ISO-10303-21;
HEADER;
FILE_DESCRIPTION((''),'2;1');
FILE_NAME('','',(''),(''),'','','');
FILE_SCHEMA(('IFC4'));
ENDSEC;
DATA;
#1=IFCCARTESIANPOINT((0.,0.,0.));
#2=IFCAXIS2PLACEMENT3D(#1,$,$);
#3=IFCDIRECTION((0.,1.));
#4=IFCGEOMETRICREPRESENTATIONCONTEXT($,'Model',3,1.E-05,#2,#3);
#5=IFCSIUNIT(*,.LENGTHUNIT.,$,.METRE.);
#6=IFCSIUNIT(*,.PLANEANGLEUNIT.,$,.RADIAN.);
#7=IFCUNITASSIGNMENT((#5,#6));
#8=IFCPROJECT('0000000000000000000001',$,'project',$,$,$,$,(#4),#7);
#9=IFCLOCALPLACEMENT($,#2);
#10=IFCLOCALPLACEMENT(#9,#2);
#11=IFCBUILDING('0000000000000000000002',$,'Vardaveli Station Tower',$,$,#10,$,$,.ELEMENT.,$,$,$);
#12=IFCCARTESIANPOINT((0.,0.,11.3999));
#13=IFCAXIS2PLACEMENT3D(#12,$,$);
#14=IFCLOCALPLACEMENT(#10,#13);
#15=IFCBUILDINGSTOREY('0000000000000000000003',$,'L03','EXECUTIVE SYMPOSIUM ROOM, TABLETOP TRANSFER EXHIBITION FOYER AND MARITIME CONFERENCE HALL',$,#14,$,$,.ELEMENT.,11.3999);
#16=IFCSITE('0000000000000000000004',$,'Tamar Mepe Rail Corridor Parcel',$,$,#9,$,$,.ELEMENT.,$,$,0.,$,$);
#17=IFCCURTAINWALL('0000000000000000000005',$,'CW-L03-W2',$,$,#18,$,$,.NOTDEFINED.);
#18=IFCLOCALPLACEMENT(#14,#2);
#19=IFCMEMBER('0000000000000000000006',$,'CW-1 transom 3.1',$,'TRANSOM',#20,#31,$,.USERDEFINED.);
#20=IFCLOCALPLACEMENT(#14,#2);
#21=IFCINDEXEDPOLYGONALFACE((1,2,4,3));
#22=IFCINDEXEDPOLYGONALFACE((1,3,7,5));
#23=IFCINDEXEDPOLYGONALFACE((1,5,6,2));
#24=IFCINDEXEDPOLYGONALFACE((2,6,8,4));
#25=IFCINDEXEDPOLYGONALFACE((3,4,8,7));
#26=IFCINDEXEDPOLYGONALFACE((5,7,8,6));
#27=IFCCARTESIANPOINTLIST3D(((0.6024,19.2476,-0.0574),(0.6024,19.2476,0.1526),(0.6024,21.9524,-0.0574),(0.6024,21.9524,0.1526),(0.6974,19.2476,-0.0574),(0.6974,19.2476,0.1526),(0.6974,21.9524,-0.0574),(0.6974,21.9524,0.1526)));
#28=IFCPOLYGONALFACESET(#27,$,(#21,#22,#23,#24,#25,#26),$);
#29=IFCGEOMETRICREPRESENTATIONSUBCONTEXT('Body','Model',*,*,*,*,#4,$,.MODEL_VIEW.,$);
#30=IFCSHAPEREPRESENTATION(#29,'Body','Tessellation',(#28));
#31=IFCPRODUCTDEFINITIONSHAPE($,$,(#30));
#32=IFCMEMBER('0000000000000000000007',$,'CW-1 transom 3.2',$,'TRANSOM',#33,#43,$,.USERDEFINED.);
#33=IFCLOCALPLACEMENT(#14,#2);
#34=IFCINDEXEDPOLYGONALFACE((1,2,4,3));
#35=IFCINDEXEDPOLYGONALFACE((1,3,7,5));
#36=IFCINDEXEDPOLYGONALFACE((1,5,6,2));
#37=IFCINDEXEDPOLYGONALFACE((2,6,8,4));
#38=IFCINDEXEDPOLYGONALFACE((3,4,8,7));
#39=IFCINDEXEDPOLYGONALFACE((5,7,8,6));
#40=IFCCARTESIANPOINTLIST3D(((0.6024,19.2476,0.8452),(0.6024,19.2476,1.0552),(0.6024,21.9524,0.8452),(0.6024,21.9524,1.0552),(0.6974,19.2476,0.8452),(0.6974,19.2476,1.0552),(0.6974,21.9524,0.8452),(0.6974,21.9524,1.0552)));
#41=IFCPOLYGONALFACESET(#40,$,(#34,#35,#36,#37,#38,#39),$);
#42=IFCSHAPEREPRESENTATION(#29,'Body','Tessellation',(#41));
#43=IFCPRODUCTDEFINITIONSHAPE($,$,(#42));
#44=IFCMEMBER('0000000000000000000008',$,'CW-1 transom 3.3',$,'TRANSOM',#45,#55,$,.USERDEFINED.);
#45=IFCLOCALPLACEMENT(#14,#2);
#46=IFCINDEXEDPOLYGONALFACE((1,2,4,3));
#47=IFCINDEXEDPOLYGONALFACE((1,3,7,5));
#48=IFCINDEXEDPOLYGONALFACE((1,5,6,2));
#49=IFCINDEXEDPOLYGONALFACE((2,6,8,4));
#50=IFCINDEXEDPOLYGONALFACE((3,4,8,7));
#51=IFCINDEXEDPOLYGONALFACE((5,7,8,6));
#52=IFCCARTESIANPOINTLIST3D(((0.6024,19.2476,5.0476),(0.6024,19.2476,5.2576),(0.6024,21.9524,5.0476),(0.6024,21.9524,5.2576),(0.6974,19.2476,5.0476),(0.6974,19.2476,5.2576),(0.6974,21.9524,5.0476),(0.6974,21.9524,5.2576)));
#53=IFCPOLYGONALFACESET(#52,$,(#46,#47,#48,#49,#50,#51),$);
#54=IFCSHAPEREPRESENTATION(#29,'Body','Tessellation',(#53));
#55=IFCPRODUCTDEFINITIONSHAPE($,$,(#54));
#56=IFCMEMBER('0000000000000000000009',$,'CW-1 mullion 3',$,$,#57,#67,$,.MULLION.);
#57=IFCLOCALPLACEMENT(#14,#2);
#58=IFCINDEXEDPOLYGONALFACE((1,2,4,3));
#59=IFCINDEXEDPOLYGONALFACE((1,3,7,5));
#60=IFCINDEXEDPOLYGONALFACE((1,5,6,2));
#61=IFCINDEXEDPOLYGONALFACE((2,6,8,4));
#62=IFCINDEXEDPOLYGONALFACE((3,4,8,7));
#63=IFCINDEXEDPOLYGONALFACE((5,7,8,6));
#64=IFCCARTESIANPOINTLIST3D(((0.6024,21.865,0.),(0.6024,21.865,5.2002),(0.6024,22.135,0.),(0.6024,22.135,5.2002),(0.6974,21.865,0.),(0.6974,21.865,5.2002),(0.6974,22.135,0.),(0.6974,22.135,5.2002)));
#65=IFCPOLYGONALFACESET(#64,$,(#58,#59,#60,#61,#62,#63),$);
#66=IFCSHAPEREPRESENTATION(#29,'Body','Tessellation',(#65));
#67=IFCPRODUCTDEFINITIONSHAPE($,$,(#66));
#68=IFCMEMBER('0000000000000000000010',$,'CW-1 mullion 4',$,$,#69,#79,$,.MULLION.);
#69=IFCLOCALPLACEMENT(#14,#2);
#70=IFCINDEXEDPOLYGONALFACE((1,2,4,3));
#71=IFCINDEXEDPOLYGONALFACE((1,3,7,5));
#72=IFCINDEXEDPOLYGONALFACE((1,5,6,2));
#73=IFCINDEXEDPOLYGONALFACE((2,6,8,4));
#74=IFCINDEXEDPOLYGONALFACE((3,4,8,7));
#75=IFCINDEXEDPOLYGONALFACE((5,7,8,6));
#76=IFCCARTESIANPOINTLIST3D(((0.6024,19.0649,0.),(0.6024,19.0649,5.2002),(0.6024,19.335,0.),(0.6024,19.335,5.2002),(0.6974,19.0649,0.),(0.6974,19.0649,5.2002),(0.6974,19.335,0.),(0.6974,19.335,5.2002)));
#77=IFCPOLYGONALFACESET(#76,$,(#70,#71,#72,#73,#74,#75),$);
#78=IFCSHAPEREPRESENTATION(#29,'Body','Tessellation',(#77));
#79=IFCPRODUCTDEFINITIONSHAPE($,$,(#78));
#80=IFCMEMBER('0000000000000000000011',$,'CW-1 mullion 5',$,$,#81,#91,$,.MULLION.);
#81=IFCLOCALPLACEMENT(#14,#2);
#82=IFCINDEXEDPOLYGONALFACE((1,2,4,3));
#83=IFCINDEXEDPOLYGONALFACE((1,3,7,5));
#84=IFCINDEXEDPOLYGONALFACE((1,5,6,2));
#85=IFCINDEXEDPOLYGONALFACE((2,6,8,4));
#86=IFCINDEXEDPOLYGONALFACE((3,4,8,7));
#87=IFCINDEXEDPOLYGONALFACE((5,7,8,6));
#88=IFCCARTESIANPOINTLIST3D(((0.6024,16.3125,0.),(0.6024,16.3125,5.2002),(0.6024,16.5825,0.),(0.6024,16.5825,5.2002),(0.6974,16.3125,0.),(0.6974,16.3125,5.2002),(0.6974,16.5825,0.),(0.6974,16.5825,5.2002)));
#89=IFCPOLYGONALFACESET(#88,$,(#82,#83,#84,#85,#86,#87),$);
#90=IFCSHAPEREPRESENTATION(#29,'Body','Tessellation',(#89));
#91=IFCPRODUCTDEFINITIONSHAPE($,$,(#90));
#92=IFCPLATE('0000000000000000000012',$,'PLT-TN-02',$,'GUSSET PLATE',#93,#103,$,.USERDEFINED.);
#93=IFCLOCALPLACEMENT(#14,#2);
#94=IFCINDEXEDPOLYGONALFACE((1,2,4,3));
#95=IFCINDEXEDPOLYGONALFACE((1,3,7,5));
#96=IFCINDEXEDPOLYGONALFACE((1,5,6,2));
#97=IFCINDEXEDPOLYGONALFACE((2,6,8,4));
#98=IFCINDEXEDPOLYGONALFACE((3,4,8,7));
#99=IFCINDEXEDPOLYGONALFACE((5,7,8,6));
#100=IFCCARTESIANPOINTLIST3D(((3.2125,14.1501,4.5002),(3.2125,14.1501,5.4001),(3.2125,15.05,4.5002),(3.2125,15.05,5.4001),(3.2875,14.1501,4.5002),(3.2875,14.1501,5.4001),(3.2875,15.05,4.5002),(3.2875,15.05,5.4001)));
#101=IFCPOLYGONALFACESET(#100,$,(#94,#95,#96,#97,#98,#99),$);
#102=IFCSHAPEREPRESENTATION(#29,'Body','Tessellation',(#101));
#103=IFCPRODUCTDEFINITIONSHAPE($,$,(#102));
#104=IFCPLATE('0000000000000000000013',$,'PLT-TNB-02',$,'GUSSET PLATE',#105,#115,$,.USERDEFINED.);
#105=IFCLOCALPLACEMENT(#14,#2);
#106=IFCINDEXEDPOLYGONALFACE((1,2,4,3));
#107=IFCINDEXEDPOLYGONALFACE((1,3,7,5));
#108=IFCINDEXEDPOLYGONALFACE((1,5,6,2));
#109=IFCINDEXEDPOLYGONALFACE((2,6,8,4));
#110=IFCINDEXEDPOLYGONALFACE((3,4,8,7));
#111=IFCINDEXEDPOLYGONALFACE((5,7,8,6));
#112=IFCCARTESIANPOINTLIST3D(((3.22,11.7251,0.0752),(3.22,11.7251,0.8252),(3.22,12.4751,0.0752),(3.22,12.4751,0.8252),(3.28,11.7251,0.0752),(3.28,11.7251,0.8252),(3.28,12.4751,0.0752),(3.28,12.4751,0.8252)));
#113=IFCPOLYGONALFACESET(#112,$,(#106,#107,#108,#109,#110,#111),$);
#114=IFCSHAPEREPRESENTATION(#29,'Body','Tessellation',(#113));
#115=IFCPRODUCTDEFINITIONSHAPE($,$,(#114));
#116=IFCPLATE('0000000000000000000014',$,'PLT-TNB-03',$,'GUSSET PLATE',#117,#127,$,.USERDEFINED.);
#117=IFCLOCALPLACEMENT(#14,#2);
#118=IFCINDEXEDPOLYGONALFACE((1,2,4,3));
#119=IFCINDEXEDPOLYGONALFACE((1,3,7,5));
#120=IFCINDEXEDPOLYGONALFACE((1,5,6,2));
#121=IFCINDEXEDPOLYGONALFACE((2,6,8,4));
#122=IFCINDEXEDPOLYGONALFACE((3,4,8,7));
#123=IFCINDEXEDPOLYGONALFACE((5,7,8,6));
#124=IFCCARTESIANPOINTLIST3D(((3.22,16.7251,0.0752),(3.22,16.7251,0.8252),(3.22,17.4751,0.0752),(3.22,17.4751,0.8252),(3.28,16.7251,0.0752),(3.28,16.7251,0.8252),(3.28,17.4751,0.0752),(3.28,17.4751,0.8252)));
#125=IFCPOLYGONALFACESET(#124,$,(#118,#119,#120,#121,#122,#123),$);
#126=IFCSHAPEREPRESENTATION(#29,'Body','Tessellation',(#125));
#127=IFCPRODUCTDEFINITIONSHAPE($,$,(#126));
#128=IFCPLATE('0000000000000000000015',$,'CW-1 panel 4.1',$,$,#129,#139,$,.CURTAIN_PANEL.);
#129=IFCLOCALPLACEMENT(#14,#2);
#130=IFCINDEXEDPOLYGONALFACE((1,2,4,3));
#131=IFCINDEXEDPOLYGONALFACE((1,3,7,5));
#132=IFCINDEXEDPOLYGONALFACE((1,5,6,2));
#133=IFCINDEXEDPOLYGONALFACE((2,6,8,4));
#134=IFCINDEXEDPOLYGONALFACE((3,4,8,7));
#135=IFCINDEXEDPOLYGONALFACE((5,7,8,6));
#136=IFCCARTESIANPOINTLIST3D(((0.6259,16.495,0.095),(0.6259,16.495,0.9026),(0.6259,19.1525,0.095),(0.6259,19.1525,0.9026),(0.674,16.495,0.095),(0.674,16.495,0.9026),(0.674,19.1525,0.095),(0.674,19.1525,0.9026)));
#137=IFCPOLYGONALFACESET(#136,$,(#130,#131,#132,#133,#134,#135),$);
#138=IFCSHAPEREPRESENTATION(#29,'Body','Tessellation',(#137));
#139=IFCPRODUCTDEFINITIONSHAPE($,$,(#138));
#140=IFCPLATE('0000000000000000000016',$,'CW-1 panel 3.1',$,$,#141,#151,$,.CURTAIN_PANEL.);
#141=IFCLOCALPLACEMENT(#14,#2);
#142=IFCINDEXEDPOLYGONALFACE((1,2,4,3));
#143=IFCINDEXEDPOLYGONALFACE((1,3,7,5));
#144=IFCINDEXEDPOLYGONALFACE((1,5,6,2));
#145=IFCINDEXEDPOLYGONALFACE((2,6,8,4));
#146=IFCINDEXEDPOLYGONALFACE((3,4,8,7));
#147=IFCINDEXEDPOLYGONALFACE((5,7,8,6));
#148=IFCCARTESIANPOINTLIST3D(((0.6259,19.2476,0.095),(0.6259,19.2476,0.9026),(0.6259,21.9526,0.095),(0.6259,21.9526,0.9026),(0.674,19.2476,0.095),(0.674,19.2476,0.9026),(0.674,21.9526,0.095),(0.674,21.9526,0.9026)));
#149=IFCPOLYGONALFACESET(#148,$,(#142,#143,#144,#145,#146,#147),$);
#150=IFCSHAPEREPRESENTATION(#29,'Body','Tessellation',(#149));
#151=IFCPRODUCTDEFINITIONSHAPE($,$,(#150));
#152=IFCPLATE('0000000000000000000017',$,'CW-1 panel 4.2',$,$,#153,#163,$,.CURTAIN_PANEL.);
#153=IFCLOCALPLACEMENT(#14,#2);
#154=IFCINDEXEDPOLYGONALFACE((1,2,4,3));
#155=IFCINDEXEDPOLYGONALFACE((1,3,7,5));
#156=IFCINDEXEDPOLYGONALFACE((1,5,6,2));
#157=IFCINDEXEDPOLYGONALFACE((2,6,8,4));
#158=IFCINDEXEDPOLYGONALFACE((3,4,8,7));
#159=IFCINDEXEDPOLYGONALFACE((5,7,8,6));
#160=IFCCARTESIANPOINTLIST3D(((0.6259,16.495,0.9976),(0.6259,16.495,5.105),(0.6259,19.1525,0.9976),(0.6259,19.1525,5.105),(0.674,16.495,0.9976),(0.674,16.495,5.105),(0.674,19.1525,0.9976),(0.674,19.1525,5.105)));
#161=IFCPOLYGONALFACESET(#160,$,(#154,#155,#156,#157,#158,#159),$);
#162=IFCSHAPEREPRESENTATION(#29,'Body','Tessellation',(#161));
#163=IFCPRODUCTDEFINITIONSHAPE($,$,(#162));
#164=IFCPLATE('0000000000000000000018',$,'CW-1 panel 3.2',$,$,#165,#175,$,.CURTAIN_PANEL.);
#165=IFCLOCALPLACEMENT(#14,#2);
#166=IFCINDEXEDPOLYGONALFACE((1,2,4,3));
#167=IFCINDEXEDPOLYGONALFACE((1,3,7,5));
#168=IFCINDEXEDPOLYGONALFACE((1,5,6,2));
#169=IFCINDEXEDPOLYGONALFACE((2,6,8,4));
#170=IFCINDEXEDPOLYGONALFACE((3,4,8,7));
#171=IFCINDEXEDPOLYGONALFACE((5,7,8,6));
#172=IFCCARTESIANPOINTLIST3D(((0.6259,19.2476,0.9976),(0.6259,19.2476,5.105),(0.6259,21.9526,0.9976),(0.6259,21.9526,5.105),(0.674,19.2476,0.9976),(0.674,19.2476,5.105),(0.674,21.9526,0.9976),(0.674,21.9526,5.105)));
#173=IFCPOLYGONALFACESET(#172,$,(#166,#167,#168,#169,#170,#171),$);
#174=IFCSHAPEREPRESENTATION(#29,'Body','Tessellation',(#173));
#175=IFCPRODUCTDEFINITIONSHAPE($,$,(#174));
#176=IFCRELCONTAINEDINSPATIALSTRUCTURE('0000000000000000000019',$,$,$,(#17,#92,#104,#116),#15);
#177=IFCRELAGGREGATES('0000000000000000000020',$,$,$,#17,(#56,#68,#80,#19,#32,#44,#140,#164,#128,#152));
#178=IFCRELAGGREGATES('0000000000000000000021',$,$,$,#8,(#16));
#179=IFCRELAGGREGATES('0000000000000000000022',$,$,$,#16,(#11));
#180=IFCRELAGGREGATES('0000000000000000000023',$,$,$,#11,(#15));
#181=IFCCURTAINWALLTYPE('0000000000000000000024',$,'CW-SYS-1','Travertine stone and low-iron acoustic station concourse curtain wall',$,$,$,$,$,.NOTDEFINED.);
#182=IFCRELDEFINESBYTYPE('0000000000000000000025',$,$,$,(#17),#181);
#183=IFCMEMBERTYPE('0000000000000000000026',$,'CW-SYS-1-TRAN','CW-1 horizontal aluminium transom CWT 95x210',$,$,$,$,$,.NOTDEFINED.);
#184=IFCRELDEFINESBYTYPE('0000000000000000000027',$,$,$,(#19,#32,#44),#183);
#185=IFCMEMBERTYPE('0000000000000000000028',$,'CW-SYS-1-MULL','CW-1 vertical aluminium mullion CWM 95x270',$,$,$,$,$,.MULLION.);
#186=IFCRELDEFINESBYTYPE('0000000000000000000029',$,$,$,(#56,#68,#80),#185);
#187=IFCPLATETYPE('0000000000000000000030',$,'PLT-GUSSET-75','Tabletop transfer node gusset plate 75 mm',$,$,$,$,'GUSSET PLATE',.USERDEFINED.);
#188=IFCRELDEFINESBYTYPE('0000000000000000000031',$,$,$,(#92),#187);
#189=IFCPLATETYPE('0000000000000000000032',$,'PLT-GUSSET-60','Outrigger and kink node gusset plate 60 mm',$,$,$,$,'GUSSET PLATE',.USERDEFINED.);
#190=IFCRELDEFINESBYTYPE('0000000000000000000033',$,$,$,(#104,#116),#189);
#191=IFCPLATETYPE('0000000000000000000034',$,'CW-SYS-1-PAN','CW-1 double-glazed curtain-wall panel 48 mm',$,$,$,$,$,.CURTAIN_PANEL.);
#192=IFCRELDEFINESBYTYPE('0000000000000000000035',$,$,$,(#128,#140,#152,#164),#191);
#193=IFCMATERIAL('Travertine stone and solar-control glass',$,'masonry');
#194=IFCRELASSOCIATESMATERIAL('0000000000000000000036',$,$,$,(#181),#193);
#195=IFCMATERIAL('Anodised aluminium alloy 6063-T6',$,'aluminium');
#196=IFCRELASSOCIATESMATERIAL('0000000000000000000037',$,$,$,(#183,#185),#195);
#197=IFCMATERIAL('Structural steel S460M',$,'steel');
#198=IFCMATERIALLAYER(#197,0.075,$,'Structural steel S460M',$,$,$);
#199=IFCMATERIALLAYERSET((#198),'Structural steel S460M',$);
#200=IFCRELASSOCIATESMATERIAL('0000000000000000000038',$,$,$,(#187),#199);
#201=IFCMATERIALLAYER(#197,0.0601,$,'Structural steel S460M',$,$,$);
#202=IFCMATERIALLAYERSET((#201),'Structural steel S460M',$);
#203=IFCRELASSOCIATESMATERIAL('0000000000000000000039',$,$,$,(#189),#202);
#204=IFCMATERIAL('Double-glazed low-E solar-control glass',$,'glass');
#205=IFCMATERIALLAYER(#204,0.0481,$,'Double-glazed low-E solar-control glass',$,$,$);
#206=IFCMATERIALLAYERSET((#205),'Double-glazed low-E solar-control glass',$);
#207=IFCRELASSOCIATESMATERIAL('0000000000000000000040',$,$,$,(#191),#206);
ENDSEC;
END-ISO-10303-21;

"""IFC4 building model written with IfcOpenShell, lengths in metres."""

from ifc_helpers import new_model, si_unit, direction, frame, origin, origin_2d, place, context, subcontext, project, spatial, rectangle, extrude, source, transform, mapped, material, layer, layer_set, material_profile, profile_set, type_object, element, aggregate, save


model = new_model("IFC4")

# Units and contexts
model_context = context("Model", 3, precision=1e-05, world=origin(), true_north=direction((0.0, 1.0)))
body_context = subcontext(model_context, "Body", "Model", "MODEL_VIEW")
ifc_project = project(units=[si_unit("LENGTHUNIT", "METRE"), si_unit("PLANEANGLEUNIT", "RADIAN")], contexts=[model_context])

# Site, building, storey
site_placement = place(None, origin())
site = spatial("IfcSite", under=ifc_project, at=site_placement, Name="Tamar Mepe Rail Corridor Parcel", CompositionType="ELEMENT", RefElevation=0.0)
building_placement = place(site_placement, origin())
building = spatial("IfcBuilding", under=site, at=building_placement, Name="Vardaveli Station Tower", CompositionType="ELEMENT")
storey_placement = place(building_placement, frame((0.0, 0.0, 11.3999)))
storey = spatial("IfcBuildingStorey", under=building, at=storey_placement, Name="L03", Description="EXECUTIVE SYMPOSIUM ROOM, TABLETOP TRANSFER EXHIBITION FOYER AND MARITIME CONFERENCE HALL", CompositionType="ELEMENT", Elevation=11.3999)

# Shared definitions
ifc_material_1 = material(Name="Structural steel S460M", Category="steel")

# Curtain wall, members
ifc_material_2 = material(Name="Travertine stone and solar-control glass", Category="masonry")
curtain_wall_type = type_object("IfcCurtainWallType", Name="CW-SYS-1", Description="Travertine stone and low-iron acoustic station concourse curtain wall", PredefinedType="NOTDEFINED", material=ifc_material_2)
curtain_wall_placement = place(storey_placement, origin())
curtain_wall = element("IfcCurtainWall", 1, at=curtain_wall_placement, inside=storey, type_object=curtain_wall_type, Name="CW-L03-W2", PredefinedType="NOTDEFINED")
ifc_material_3 = material(Name="Anodised aluminium alloy 6063-T6", Category="aluminium")
ifc_material_profile_1 = material_profile(ifc_material_3, rectangle(XDim=0.095, YDim=0.21, at=origin_2d()), Name="CWT 95x210")
ifc_profile_set_1 = profile_set([ifc_material_profile_1], Name="Anodised aluminium alloy 6063-T6")
member_type_1 = type_object("IfcMemberType", Name="CW-SYS-1-TRAN", Description="CW-1 horizontal aluminium transom CWT 95x210", PredefinedType="NOTDEFINED", material=ifc_profile_set_1)
shared_shape_1 = source(origin(), body_context, "Body", "SweptSolid", [
    extrude(rectangle(XDim=0.095, YDim=0.21, at=origin_2d()), origin(), (0.0, 0.0, 1.0), 2.7048),
])
member_1_placement = place(storey_placement, frame((0.6499, 21.9524, 0.0476), z_axis=(0.0, -1.0, 0.0), x_axis=(1.0, 0.0, 0.0)))
member_1 = element("IfcMember", 2, at=member_1_placement, type_object=member_type_1, Name="CW-1 transom 3.1", ObjectType="TRANSOM", PredefinedType="USERDEFINED", context=body_context, shape_type="MappedRepresentation", body=[
    mapped(shared_shape_1, transform((0.0, 0.0, 0.0), scale=1.0)),
])
member_2_placement = place(storey_placement, frame((0.6499, 21.9524, 0.9502), z_axis=(0.0, -1.0, 0.0), x_axis=(1.0, 0.0, 0.0)))
member_2 = element("IfcMember", 3, at=member_2_placement, type_object=member_type_1, Name="CW-1 transom 3.2", ObjectType="TRANSOM", PredefinedType="USERDEFINED", context=body_context, shape_type="MappedRepresentation", body=[
    mapped(shared_shape_1, transform((0.0, 0.0, 0.0), scale=1.0)),
])
member_3_placement = place(storey_placement, frame((0.6499, 21.9524, 5.1526), z_axis=(0.0, -1.0, 0.0), x_axis=(1.0, 0.0, 0.0)))
member_3 = element("IfcMember", 4, at=member_3_placement, type_object=member_type_1, Name="CW-1 transom 3.3", ObjectType="TRANSOM", PredefinedType="USERDEFINED", context=body_context, shape_type="MappedRepresentation", body=[
    mapped(shared_shape_1, transform((0.0, 0.0, 0.0), scale=1.0)),
])
ifc_material_profile_2 = material_profile(ifc_material_3, rectangle(XDim=0.095, YDim=0.27, at=origin_2d()), Name="CWM 95x270")
ifc_profile_set_2 = profile_set([ifc_material_profile_2], Name="Anodised aluminium alloy 6063-T6")
member_type_2 = type_object("IfcMemberType", Name="CW-SYS-1-MULL", Description="CW-1 vertical aluminium mullion CWM 95x270", PredefinedType="MULLION", material=ifc_profile_set_2)
shared_shape_2 = source(origin(), body_context, "Body", "SweptSolid", [
    extrude(rectangle(XDim=0.095, YDim=0.27, at=origin_2d()), origin(), (0.0, 0.0, 1.0), 5.2002),
])
member_4_placement = place(storey_placement, frame((0.6499, 22.0, 0.0), z_axis=(0.0, 0.0, 1.0), x_axis=(1.0, 0.0, 0.0)))
member_4 = element("IfcMember", 5, at=member_4_placement, type_object=member_type_2, Name="CW-1 mullion 3", PredefinedType="MULLION", context=body_context, shape_type="MappedRepresentation", body=[
    mapped(shared_shape_2, transform((0.0, 0.0, 0.0), scale=1.0)),
])
member_5_placement = place(storey_placement, frame((0.6499, 19.2, 0.0), z_axis=(0.0, 0.0, 1.0), x_axis=(1.0, 0.0, 0.0)))
member_5 = element("IfcMember", 6, at=member_5_placement, type_object=member_type_2, Name="CW-1 mullion 4", PredefinedType="MULLION", context=body_context, shape_type="MappedRepresentation", body=[
    mapped(shared_shape_2, transform((0.0, 0.0, 0.0), scale=1.0)),
])
member_6_placement = place(storey_placement, frame((0.6499, 16.4475, 0.0), z_axis=(0.0, 0.0, 1.0), x_axis=(1.0, 0.0, 0.0)))
member_6 = element("IfcMember", 7, at=member_6_placement, type_object=member_type_2, Name="CW-1 mullion 5", PredefinedType="MULLION", context=body_context, shape_type="MappedRepresentation", body=[
    mapped(shared_shape_2, transform((0.0, 0.0, 0.0), scale=1.0)),
])

# Plates
ifc_layer_1 = layer(ifc_material_1, 0.075, Name="Structural steel S460M")
ifc_layer_set_1 = layer_set([ifc_layer_1], Name="Structural steel S460M")
plate_type_1 = type_object("IfcPlateType", Name="PLT-GUSSET-75", Description="Tabletop transfer node gusset plate 75 mm", ElementType="GUSSET PLATE", PredefinedType="USERDEFINED", material=ifc_layer_set_1)
shared_shape_3 = source(origin(), body_context, "Body", "SweptSolid", [
    extrude(rectangle(XDim=0.8999, YDim=0.075, at=origin_2d()), origin(), (0.0, 0.0, 1.0), 0.8999),
])
plate_1_placement = place(storey_placement, frame((3.25, 14.6001, 4.5002), z_axis=(0.0, 0.0, 1.0), x_axis=(0.0, 1.0, 0.0)))
element("IfcPlate", 8, at=plate_1_placement, inside=storey, type_object=plate_type_1, Name="PLT-TN-02", ObjectType="GUSSET PLATE", PredefinedType="USERDEFINED", context=body_context, shape_type="MappedRepresentation", body=[
    mapped(shared_shape_3, transform((0.0, 0.0, 0.0), scale=1.0)),
])
ifc_layer_2 = layer(ifc_material_1, 0.0601, Name="Structural steel S460M")
ifc_layer_set_2 = layer_set([ifc_layer_2], Name="Structural steel S460M")
plate_type_2 = type_object("IfcPlateType", Name="PLT-GUSSET-60", Description="Outrigger and kink node gusset plate 60 mm", ElementType="GUSSET PLATE", PredefinedType="USERDEFINED", material=ifc_layer_set_2)
shared_shape_4 = source(origin(), body_context, "Body", "SweptSolid", [
    extrude(rectangle(XDim=0.75, YDim=0.0601, at=origin_2d()), origin(), (0.0, 0.0, 1.0), 0.75),
])
for number, where, z_axis, x_axis, name in (
    (9, (3.25, 12.1001, 0.0752), (0.0, 0.0, 1.0), (0.0, 1.0, 0.0), "PLT-TNB-02"),
    (10, (3.25, 17.1001, 0.0752), (0.0, 0.0, 1.0), (0.0, 1.0, 0.0), "PLT-TNB-03"),
):
    element("IfcPlate", number, at=place(storey_placement, frame(where, z_axis=z_axis, x_axis=x_axis)), inside=storey, type_object=plate_type_2, Name=name, ObjectType="GUSSET PLATE", PredefinedType="USERDEFINED", context=body_context, shape_type="MappedRepresentation", body=[
        mapped(shared_shape_4, transform((0.0, 0.0, 0.0), scale=1.0)),
    ])

# Plates
ifc_material_4 = material(Name="Double-glazed low-E solar-control glass", Category="glass")
ifc_layer_3 = layer(ifc_material_4, 0.0481, Name="Double-glazed low-E solar-control glass")
ifc_layer_set_3 = layer_set([ifc_layer_3], Name="Double-glazed low-E solar-control glass")
plate_type_3 = type_object("IfcPlateType", Name="CW-SYS-1-PAN", Description="CW-1 double-glazed curtain-wall panel 48 mm", PredefinedType="CURTAIN_PANEL", material=ifc_layer_set_3)
shared_shape_5 = source(origin(), body_context, "Body", "SweptSolid", [
    extrude(rectangle(XDim=2.6575, YDim=0.0481, at=origin_2d()), origin(), (0.0, 0.0, 1.0), 0.8076),
])
plate_2_placement = place(storey_placement, frame((0.6499, 17.8237, 0.095), z_axis=(0.0, 0.0, 1.0), x_axis=(0.0, -1.0, 0.0)))
plate_2 = element("IfcPlate", 11, at=plate_2_placement, type_object=plate_type_3, Name="CW-1 panel 4.1", PredefinedType="CURTAIN_PANEL", context=body_context, shape_type="MappedRepresentation", body=[
    mapped(shared_shape_5, transform((0.0, 0.0, 0.0), scale=1.0)),
])
shared_shape_6 = source(origin(), body_context, "Body", "SweptSolid", [
    extrude(rectangle(XDim=2.7051, YDim=0.0481, at=origin_2d()), origin(), (0.0, 0.0, 1.0), 0.8076),
])
plate_3_placement = place(storey_placement, frame((0.6499, 20.6001, 0.095), z_axis=(0.0, 0.0, 1.0), x_axis=(0.0, -1.0, 0.0)))
plate_3 = element("IfcPlate", 12, at=plate_3_placement, type_object=plate_type_3, Name="CW-1 panel 3.1", PredefinedType="CURTAIN_PANEL", context=body_context, shape_type="MappedRepresentation", body=[
    mapped(shared_shape_6, transform((0.0, 0.0, 0.0), scale=1.0)),
])
shared_shape_7 = source(origin(), body_context, "Body", "SweptSolid", [
    extrude(rectangle(XDim=2.6575, YDim=0.0481, at=origin_2d()), origin(), (0.0, 0.0, 1.0), 4.1074),
])
plate_4_placement = place(storey_placement, frame((0.6499, 17.8237, 0.9976), z_axis=(0.0, 0.0, 1.0), x_axis=(0.0, -1.0, 0.0)))
plate_4 = element("IfcPlate", 13, at=plate_4_placement, type_object=plate_type_3, Name="CW-1 panel 4.2", PredefinedType="CURTAIN_PANEL", context=body_context, shape_type="MappedRepresentation", body=[
    mapped(shared_shape_7, transform((0.0, 0.0, 0.0), scale=1.0)),
])
shared_shape_8 = source(origin(), body_context, "Body", "SweptSolid", [
    extrude(rectangle(XDim=2.7051, YDim=0.0481, at=origin_2d()), origin(), (0.0, 0.0, 1.0), 4.1074),
])
plate_5_placement = place(storey_placement, frame((0.6499, 20.6001, 0.9976), z_axis=(0.0, 0.0, 1.0), x_axis=(0.0, -1.0, 0.0)))
plate_5 = element("IfcPlate", 14, at=plate_5_placement, type_object=plate_type_3, Name="CW-1 panel 3.2", PredefinedType="CURTAIN_PANEL", context=body_context, shape_type="MappedRepresentation", body=[
    mapped(shared_shape_8, transform((0.0, 0.0, 0.0), scale=1.0)),
])
aggregate(curtain_wall, [member_4, member_5, member_6, member_1, member_2, member_3, plate_3, plate_5, plate_2, plate_4])

save(model, "model.ifc")
